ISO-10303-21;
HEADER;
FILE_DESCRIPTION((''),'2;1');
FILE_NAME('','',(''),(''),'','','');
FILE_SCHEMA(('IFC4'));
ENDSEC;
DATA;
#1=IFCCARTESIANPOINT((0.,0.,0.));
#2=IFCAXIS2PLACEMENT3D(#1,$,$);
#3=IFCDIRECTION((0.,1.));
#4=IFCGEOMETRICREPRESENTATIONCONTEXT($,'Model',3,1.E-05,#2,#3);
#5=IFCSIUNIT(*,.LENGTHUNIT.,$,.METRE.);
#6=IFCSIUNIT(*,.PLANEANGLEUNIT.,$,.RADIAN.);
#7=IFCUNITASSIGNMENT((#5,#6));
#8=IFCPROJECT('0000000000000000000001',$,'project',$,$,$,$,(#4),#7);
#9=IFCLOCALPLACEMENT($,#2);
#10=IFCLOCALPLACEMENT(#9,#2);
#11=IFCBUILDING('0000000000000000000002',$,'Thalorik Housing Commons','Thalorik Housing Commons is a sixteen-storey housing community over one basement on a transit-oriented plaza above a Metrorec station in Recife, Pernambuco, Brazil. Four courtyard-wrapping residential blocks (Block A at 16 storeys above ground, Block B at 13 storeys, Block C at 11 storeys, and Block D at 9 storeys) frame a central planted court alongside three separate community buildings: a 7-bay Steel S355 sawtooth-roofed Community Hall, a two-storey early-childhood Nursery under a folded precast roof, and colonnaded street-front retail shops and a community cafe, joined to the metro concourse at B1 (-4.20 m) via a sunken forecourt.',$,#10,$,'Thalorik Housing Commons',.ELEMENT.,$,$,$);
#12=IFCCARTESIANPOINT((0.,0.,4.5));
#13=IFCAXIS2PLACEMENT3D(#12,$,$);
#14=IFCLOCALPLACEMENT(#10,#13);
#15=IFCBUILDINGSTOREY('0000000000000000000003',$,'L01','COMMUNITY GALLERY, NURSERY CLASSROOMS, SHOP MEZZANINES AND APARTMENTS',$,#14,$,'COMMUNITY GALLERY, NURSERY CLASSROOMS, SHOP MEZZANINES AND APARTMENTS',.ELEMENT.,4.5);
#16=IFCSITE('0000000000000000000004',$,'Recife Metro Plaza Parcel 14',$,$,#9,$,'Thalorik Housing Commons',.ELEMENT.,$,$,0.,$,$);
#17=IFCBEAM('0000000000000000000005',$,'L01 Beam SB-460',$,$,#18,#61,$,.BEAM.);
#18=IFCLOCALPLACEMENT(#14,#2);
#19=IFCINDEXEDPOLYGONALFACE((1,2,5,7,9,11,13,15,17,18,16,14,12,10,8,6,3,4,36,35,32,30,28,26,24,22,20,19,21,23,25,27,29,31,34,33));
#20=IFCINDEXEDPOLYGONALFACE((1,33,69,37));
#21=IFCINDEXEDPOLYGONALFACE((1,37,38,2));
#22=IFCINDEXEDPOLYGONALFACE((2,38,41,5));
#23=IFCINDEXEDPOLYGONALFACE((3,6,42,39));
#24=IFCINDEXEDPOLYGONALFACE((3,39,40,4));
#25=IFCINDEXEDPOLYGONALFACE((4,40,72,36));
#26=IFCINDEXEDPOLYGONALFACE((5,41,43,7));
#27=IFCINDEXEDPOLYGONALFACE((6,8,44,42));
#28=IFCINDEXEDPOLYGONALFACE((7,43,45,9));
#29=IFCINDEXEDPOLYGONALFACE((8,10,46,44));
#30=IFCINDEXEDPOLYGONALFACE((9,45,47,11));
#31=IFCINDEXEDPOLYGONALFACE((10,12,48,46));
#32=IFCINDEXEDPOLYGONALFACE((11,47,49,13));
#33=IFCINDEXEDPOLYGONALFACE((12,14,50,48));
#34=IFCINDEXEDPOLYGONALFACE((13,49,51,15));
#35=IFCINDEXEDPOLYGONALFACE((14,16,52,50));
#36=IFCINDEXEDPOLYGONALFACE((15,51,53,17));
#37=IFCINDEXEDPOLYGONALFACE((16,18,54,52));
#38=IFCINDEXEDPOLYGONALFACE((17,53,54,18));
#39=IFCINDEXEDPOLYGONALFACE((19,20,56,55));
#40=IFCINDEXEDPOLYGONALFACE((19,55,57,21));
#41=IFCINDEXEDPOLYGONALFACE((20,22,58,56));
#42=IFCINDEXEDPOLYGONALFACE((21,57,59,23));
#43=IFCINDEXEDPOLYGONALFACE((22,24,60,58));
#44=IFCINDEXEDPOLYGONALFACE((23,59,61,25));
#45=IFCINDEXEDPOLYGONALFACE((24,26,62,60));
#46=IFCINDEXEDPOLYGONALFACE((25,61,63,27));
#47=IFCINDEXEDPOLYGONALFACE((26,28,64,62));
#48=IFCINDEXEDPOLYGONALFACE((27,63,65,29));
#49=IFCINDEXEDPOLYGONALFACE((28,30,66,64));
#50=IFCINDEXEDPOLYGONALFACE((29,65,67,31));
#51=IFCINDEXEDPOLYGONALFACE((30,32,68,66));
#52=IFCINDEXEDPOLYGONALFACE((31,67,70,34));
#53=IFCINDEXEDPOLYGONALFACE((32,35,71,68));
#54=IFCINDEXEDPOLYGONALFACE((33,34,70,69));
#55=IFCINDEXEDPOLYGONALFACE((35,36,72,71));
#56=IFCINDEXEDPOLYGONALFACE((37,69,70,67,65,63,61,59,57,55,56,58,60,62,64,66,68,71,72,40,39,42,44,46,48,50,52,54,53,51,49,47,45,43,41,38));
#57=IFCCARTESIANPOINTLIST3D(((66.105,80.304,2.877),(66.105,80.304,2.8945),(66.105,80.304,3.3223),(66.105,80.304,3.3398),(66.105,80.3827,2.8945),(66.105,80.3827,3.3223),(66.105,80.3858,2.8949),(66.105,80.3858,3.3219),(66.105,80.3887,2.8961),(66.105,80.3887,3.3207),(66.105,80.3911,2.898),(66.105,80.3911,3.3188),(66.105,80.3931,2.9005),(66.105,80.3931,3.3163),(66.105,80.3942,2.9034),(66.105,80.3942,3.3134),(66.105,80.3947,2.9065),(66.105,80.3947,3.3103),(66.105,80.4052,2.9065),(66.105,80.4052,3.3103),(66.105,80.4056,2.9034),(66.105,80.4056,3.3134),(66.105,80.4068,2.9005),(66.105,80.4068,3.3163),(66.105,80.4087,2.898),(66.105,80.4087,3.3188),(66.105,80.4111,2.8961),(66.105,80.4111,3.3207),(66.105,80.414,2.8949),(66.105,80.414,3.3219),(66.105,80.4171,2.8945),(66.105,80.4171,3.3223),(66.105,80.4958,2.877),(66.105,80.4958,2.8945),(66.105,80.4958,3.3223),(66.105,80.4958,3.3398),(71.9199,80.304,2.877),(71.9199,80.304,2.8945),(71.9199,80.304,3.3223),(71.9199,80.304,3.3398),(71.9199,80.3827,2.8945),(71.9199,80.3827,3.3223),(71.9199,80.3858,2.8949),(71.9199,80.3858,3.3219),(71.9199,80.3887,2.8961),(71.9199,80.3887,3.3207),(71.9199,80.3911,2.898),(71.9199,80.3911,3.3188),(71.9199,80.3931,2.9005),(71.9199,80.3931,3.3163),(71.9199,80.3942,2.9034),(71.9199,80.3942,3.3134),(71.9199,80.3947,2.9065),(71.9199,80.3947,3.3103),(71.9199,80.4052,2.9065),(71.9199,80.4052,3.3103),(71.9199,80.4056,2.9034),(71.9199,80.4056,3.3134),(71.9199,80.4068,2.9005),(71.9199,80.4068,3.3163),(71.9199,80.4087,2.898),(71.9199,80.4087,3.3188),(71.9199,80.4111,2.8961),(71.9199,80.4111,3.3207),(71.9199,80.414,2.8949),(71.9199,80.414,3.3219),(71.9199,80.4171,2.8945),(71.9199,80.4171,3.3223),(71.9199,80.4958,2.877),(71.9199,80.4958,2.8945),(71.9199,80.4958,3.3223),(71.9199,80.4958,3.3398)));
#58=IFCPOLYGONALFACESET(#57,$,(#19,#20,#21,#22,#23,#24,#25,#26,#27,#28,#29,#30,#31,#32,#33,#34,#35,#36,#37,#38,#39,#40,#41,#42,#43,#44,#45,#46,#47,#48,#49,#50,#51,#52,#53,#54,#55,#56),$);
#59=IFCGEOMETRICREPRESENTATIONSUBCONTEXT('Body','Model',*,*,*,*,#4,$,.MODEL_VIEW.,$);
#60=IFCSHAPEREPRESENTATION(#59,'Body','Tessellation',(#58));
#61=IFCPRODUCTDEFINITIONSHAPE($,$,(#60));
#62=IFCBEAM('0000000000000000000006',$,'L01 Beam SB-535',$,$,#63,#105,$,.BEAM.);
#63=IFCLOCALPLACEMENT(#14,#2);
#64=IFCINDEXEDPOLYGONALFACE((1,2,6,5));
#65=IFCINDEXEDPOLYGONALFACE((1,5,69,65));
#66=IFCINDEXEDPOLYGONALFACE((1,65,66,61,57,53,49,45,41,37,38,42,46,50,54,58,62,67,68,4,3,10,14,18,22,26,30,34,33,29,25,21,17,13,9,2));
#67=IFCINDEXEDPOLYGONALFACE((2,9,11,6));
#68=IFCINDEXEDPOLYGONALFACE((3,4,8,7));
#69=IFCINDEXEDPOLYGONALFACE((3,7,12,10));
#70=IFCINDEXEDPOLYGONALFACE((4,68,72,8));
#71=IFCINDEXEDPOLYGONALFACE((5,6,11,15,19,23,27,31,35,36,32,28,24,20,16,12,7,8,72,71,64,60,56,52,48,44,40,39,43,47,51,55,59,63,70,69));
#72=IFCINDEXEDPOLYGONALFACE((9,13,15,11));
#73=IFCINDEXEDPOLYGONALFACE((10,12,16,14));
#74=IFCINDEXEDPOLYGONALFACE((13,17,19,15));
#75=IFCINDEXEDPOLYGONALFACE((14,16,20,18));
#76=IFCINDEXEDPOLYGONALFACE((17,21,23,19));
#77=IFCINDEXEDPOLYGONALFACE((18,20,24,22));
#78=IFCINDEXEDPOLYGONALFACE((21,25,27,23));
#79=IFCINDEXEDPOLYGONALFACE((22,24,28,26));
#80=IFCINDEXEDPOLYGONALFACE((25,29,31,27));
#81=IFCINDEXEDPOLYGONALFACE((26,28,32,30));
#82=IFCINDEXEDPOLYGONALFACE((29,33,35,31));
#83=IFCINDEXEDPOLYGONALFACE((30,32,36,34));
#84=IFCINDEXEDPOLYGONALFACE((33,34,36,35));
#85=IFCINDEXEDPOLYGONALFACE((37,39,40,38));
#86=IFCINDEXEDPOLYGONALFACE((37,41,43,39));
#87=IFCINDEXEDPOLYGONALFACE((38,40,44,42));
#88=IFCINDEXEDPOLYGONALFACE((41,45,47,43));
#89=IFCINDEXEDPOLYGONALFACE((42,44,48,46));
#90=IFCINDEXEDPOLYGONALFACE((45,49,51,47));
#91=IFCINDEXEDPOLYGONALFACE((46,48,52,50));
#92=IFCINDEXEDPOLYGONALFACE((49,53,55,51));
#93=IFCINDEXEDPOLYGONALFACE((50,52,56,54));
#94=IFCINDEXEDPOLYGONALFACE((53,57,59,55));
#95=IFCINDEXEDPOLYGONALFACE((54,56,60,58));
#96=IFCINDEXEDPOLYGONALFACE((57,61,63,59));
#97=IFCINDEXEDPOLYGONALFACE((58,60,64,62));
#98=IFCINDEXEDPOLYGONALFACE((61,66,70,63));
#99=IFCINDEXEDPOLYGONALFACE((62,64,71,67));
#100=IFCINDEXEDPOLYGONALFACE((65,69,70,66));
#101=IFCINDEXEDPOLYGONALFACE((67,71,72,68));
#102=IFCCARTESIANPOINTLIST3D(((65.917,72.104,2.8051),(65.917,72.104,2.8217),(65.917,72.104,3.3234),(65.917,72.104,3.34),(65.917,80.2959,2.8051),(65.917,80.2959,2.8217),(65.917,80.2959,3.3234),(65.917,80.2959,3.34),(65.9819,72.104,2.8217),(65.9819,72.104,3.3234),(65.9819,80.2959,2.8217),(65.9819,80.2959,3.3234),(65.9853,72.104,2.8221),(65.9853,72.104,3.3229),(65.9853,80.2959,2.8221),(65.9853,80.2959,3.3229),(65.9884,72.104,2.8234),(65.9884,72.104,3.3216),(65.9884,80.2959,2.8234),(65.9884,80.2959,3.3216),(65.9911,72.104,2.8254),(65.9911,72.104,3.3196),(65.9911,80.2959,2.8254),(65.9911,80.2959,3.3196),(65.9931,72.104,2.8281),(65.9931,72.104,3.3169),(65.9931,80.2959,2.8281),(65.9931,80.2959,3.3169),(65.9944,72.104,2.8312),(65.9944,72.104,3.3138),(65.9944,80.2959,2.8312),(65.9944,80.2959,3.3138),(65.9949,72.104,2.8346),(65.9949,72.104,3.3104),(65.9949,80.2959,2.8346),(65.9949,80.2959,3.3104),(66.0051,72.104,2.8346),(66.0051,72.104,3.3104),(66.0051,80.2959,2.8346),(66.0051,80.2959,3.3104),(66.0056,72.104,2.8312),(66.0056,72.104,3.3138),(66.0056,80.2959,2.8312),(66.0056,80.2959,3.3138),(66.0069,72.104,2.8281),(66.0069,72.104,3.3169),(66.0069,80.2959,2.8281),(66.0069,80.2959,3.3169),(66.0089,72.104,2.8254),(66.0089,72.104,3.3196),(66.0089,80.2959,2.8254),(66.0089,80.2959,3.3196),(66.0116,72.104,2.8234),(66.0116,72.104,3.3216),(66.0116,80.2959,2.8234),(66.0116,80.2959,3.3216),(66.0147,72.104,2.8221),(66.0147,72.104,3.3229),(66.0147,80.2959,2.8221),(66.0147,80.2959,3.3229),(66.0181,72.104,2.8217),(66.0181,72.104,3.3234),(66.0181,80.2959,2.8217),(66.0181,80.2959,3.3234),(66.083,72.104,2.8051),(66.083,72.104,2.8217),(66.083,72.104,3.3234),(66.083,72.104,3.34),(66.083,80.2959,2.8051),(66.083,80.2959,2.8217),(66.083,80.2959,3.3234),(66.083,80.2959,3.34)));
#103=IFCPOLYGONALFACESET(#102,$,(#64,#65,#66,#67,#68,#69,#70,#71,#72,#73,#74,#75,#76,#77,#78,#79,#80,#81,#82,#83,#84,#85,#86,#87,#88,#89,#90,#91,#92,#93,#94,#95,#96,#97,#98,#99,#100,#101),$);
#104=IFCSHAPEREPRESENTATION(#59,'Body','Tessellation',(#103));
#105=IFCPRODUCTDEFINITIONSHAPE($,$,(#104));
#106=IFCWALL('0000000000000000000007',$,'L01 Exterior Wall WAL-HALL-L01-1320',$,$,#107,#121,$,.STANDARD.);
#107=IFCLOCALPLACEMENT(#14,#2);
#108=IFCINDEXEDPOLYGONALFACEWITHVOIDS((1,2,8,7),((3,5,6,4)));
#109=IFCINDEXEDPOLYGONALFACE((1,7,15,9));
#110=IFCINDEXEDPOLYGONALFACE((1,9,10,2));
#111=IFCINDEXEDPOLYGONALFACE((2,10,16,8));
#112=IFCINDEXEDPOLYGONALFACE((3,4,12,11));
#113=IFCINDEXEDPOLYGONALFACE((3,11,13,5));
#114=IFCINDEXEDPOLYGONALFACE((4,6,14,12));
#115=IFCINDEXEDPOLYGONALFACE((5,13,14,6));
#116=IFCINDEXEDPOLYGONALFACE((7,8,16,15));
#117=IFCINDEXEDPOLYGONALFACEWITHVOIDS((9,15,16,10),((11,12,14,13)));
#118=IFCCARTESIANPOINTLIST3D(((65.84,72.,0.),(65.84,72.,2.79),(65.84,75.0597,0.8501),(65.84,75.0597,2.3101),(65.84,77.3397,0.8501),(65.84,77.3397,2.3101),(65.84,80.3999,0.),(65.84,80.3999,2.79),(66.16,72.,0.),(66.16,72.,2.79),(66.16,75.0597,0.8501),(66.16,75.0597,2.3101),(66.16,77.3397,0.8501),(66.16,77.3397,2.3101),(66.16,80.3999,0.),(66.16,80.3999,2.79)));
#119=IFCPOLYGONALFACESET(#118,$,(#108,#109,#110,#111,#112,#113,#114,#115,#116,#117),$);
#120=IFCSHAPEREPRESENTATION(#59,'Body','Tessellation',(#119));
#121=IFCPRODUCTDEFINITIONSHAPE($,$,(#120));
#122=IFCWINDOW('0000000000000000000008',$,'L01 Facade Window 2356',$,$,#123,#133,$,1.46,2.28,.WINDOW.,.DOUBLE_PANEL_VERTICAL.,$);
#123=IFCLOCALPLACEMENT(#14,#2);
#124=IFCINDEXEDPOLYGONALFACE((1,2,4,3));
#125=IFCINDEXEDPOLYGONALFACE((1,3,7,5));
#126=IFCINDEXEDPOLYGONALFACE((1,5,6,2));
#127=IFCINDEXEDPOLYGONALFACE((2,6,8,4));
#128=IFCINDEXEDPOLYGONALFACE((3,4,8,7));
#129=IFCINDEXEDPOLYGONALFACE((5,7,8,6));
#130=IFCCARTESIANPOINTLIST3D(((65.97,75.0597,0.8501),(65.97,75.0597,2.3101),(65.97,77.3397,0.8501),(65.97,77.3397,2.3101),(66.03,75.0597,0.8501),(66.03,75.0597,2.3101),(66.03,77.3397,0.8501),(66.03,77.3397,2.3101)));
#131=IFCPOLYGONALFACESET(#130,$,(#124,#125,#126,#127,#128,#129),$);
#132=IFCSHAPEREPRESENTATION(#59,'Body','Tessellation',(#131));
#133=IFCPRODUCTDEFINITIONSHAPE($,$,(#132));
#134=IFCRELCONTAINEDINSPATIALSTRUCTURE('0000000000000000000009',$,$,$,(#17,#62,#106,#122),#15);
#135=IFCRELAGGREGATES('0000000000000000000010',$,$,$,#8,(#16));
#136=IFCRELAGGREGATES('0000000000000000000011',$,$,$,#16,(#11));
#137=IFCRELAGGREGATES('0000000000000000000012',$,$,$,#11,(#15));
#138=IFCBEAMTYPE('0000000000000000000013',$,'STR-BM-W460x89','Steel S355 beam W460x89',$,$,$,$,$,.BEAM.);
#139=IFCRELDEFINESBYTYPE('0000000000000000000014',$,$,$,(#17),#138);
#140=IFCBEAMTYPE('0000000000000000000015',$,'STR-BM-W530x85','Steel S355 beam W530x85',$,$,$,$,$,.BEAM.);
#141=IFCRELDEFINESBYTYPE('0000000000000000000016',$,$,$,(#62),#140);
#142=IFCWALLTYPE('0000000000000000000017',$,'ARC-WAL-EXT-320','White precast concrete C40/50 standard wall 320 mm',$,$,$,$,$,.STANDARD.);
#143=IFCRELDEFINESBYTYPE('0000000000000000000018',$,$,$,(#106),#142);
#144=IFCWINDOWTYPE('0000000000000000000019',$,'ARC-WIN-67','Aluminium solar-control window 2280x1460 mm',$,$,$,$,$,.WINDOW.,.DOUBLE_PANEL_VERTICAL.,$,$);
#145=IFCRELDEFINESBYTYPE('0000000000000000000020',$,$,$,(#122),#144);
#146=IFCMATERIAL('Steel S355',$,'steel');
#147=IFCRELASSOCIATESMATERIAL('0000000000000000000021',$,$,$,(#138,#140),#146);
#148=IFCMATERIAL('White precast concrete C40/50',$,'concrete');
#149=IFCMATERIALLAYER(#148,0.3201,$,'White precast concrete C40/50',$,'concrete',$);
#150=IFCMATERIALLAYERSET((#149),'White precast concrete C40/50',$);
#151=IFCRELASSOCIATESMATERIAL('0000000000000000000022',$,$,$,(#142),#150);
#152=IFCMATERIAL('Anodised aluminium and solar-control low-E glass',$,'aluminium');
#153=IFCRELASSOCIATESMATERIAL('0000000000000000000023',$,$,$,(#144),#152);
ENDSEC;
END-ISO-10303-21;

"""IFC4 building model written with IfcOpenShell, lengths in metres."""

from ifc_helpers import new_model, si_unit, direction, frame, frame_2d, origin, origin_2d, place, context, subcontext, project, spatial, rectangle, i_section, extrude, material, layer, layer_set, material_profile, profile_set, type_object, element, fill, save


model = new_model("IFC4")

# Units and contexts
model_context = context("Model", 3, precision=1e-05, world=origin(), true_north=direction((0.0, 1.0)))
body_context = subcontext(model_context, "Body", "Model", "MODEL_VIEW")
ifc_project = project(units=[si_unit("LENGTHUNIT", "METRE"), si_unit("PLANEANGLEUNIT", "RADIAN")], contexts=[model_context])

# Site, building, storey
site_placement = place(None, origin())
site = spatial("IfcSite", under=ifc_project, at=site_placement, Name="Recife Metro Plaza Parcel 14", LongName="Thalorik Housing Commons", CompositionType="ELEMENT", RefElevation=0.0)
building_placement = place(site_placement, origin())
building = spatial("IfcBuilding", under=site, at=building_placement, Name="Thalorik Housing Commons", Description="Thalorik Housing Commons is a sixteen-storey housing community over one basement on a transit-oriented plaza above a Metrorec station in Recife, Pernambuco, Brazil. Four courtyard-wrapping residential blocks (Block A at 16 storeys above ground, Block B at 13 storeys, Block C at 11 storeys, and Block D at 9 storeys) frame a central planted court alongside three separate community buildings: a 7-bay Steel S355 sawtooth-roofed Community Hall, a two-storey early-childhood Nursery under a folded precast roof, and colonnaded street-front retail shops and a community cafe, joined to the metro concourse at B1 (-4.20 m) via a sunken forecourt.", LongName="Thalorik Housing Commons", CompositionType="ELEMENT")
storey_placement = place(building_placement, frame((0.0, 0.0, 4.5)))
storey = spatial("IfcBuildingStorey", under=building, at=storey_placement, Name="L01", Description="COMMUNITY GALLERY, NURSERY CLASSROOMS, SHOP MEZZANINES AND APARTMENTS", LongName="COMMUNITY GALLERY, NURSERY CLASSROOMS, SHOP MEZZANINES AND APARTMENTS", CompositionType="ELEMENT", Elevation=4.5)

# Shared definitions
ifc_material_1 = material(Name="Steel S355", Category="steel")

# Beams
ifc_material_profile_1 = material_profile(ifc_material_1, i_section(OverallWidth=0.1919, OverallDepth=0.4629, WebThickness=0.0105, FlangeThickness=0.0176, FilletRadius=0.012, at=origin_2d()), Name="W460x89", Category="steel")
ifc_profile_set_1 = profile_set([ifc_material_profile_1], Name="Steel S355")
beam_type_1 = type_object("IfcBeamType", Name="STR-BM-W460x89", Description="Steel S355 beam W460x89", PredefinedType="BEAM", material=ifc_profile_set_1)
for number, where, z_axis, x_axis, name in (
    (1, (66.105, 80.3999, 3.1084), (1.0, 0.0, 0.0), (0.0, 1.0, 0.0), "L01 Beam SB-460"),
):
    element("IfcBeam", number, at=place(storey_placement, frame(where, z_axis=z_axis, x_axis=x_axis)), inside=storey, type_object=beam_type_1, Name=name, PredefinedType="BEAM", context=body_context, shape_type="SweptSolid", body=[
        extrude(i_section(OverallWidth=0.1919, OverallDepth=0.4629, WebThickness=0.0105, FlangeThickness=0.0176, FilletRadius=0.012, at=origin_2d()), origin(), (0.0, 0.0, 1.0), 5.8149),
    ])
ifc_material_profile_2 = material_profile(ifc_material_1, i_section(OverallWidth=0.166, OverallDepth=0.5349, WebThickness=0.0103, FlangeThickness=0.0166, FilletRadius=0.0129, at=origin_2d()), Name="W530x85", Category="steel")
ifc_profile_set_2 = profile_set([ifc_material_profile_2], Name="Steel S355")
beam_type_2 = type_object("IfcBeamType", Name="STR-BM-W530x85", Description="Steel S355 beam W530x85", PredefinedType="BEAM", material=ifc_profile_set_2)
beam_1_placement = place(storey_placement, frame((66.0, 72.104, 3.0725), z_axis=(0.0, 1.0, 0.0), x_axis=(-1.0, 0.0, 0.0)))
element("IfcBeam", 2, at=beam_1_placement, inside=storey, type_object=beam_type_2, Name="L01 Beam SB-535", PredefinedType="BEAM", context=body_context, shape_type="SweptSolid", body=[
    extrude(i_section(OverallWidth=0.166, OverallDepth=0.5349, WebThickness=0.0103, FlangeThickness=0.0166, FilletRadius=0.0129, at=origin_2d()), origin(), (0.0, 0.0, 1.0), 8.1919),
])

# Wall, opening, window
ifc_material_2 = material(Name="White precast concrete C40/50", Category="concrete")
ifc_layer_1 = layer(ifc_material_2, 0.3201, Name="White precast concrete C40/50", Category="concrete")
ifc_layer_set_1 = layer_set([ifc_layer_1], Name="White precast concrete C40/50")
wall_type = type_object("IfcWallType", Name="ARC-WAL-EXT-320", Description="White precast concrete C40/50 standard wall 320 mm", PredefinedType="STANDARD", material=ifc_layer_set_1)
wall_1_placement = place(storey_placement, frame((66.0, 80.3999, 0.0), z_axis=(0.0, 0.0, 1.0), x_axis=(0.0, -1.0, 0.0)))
wall_1 = element("IfcWall", 3, at=wall_1_placement, inside=storey, type_object=wall_type, Name="L01 Exterior Wall WAL-HALL-L01-1320", PredefinedType="STANDARD", context=body_context, shape_type="SweptSolid", body=[
    extrude(rectangle(XDim=8.3999, YDim=0.3201, at=frame_2d((4.2, 0.0))), origin(), (0.0, 0.0, 1.0), 2.79),
])
opening_1_placement = place(wall_1_placement, frame((3.0601, 0.0, 0.8501)))
opening_1 = element("IfcOpeningElement", 4, at=opening_1_placement, cuts=wall_1, PredefinedType="OPENING", context=body_context, shape_type="SweptSolid", body=[
    extrude(rectangle(XDim=2.28, YDim=1.46, at=frame_2d((1.1401, 0.73))), frame((0.0, 0.1699, 0.0), z_axis=(0.0, -1.0, 0.0), x_axis=(1.0, 0.0, 0.0)), (0.0, 0.0, 1.0), 0.3401),
])
ifc_material_3 = material(Name="Anodised aluminium and solar-control low-E glass", Category="aluminium")
window_type_1 = type_object("IfcWindowType", Name="ARC-WIN-67", Description="Aluminium solar-control window 2280x1460 mm", PartitioningType="DOUBLE_PANEL_VERTICAL", PredefinedType="WINDOW", material=ifc_material_3)
window_1_placement = place(opening_1_placement, origin())
window_1 = element("IfcWindow", 5, at=window_1_placement, inside=storey, type_object=window_type_1, Name="L01 Facade Window 2356", OverallHeight=1.46, OverallWidth=2.28, PartitioningType="DOUBLE_PANEL_VERTICAL", PredefinedType="WINDOW", context=body_context, shape_type="SweptSolid", body=[
    extrude(rectangle(XDim=2.28, YDim=1.46, at=frame_2d((1.1401, 0.73))), frame((0.0, 0.03, 0.0), z_axis=(0.0, -1.0, 0.0), x_axis=(1.0, 0.0, 0.0)), (0.0, 0.0, 1.0), 0.0601),
])
fill(opening_1, window_1)

save(model, "model.ifc")
